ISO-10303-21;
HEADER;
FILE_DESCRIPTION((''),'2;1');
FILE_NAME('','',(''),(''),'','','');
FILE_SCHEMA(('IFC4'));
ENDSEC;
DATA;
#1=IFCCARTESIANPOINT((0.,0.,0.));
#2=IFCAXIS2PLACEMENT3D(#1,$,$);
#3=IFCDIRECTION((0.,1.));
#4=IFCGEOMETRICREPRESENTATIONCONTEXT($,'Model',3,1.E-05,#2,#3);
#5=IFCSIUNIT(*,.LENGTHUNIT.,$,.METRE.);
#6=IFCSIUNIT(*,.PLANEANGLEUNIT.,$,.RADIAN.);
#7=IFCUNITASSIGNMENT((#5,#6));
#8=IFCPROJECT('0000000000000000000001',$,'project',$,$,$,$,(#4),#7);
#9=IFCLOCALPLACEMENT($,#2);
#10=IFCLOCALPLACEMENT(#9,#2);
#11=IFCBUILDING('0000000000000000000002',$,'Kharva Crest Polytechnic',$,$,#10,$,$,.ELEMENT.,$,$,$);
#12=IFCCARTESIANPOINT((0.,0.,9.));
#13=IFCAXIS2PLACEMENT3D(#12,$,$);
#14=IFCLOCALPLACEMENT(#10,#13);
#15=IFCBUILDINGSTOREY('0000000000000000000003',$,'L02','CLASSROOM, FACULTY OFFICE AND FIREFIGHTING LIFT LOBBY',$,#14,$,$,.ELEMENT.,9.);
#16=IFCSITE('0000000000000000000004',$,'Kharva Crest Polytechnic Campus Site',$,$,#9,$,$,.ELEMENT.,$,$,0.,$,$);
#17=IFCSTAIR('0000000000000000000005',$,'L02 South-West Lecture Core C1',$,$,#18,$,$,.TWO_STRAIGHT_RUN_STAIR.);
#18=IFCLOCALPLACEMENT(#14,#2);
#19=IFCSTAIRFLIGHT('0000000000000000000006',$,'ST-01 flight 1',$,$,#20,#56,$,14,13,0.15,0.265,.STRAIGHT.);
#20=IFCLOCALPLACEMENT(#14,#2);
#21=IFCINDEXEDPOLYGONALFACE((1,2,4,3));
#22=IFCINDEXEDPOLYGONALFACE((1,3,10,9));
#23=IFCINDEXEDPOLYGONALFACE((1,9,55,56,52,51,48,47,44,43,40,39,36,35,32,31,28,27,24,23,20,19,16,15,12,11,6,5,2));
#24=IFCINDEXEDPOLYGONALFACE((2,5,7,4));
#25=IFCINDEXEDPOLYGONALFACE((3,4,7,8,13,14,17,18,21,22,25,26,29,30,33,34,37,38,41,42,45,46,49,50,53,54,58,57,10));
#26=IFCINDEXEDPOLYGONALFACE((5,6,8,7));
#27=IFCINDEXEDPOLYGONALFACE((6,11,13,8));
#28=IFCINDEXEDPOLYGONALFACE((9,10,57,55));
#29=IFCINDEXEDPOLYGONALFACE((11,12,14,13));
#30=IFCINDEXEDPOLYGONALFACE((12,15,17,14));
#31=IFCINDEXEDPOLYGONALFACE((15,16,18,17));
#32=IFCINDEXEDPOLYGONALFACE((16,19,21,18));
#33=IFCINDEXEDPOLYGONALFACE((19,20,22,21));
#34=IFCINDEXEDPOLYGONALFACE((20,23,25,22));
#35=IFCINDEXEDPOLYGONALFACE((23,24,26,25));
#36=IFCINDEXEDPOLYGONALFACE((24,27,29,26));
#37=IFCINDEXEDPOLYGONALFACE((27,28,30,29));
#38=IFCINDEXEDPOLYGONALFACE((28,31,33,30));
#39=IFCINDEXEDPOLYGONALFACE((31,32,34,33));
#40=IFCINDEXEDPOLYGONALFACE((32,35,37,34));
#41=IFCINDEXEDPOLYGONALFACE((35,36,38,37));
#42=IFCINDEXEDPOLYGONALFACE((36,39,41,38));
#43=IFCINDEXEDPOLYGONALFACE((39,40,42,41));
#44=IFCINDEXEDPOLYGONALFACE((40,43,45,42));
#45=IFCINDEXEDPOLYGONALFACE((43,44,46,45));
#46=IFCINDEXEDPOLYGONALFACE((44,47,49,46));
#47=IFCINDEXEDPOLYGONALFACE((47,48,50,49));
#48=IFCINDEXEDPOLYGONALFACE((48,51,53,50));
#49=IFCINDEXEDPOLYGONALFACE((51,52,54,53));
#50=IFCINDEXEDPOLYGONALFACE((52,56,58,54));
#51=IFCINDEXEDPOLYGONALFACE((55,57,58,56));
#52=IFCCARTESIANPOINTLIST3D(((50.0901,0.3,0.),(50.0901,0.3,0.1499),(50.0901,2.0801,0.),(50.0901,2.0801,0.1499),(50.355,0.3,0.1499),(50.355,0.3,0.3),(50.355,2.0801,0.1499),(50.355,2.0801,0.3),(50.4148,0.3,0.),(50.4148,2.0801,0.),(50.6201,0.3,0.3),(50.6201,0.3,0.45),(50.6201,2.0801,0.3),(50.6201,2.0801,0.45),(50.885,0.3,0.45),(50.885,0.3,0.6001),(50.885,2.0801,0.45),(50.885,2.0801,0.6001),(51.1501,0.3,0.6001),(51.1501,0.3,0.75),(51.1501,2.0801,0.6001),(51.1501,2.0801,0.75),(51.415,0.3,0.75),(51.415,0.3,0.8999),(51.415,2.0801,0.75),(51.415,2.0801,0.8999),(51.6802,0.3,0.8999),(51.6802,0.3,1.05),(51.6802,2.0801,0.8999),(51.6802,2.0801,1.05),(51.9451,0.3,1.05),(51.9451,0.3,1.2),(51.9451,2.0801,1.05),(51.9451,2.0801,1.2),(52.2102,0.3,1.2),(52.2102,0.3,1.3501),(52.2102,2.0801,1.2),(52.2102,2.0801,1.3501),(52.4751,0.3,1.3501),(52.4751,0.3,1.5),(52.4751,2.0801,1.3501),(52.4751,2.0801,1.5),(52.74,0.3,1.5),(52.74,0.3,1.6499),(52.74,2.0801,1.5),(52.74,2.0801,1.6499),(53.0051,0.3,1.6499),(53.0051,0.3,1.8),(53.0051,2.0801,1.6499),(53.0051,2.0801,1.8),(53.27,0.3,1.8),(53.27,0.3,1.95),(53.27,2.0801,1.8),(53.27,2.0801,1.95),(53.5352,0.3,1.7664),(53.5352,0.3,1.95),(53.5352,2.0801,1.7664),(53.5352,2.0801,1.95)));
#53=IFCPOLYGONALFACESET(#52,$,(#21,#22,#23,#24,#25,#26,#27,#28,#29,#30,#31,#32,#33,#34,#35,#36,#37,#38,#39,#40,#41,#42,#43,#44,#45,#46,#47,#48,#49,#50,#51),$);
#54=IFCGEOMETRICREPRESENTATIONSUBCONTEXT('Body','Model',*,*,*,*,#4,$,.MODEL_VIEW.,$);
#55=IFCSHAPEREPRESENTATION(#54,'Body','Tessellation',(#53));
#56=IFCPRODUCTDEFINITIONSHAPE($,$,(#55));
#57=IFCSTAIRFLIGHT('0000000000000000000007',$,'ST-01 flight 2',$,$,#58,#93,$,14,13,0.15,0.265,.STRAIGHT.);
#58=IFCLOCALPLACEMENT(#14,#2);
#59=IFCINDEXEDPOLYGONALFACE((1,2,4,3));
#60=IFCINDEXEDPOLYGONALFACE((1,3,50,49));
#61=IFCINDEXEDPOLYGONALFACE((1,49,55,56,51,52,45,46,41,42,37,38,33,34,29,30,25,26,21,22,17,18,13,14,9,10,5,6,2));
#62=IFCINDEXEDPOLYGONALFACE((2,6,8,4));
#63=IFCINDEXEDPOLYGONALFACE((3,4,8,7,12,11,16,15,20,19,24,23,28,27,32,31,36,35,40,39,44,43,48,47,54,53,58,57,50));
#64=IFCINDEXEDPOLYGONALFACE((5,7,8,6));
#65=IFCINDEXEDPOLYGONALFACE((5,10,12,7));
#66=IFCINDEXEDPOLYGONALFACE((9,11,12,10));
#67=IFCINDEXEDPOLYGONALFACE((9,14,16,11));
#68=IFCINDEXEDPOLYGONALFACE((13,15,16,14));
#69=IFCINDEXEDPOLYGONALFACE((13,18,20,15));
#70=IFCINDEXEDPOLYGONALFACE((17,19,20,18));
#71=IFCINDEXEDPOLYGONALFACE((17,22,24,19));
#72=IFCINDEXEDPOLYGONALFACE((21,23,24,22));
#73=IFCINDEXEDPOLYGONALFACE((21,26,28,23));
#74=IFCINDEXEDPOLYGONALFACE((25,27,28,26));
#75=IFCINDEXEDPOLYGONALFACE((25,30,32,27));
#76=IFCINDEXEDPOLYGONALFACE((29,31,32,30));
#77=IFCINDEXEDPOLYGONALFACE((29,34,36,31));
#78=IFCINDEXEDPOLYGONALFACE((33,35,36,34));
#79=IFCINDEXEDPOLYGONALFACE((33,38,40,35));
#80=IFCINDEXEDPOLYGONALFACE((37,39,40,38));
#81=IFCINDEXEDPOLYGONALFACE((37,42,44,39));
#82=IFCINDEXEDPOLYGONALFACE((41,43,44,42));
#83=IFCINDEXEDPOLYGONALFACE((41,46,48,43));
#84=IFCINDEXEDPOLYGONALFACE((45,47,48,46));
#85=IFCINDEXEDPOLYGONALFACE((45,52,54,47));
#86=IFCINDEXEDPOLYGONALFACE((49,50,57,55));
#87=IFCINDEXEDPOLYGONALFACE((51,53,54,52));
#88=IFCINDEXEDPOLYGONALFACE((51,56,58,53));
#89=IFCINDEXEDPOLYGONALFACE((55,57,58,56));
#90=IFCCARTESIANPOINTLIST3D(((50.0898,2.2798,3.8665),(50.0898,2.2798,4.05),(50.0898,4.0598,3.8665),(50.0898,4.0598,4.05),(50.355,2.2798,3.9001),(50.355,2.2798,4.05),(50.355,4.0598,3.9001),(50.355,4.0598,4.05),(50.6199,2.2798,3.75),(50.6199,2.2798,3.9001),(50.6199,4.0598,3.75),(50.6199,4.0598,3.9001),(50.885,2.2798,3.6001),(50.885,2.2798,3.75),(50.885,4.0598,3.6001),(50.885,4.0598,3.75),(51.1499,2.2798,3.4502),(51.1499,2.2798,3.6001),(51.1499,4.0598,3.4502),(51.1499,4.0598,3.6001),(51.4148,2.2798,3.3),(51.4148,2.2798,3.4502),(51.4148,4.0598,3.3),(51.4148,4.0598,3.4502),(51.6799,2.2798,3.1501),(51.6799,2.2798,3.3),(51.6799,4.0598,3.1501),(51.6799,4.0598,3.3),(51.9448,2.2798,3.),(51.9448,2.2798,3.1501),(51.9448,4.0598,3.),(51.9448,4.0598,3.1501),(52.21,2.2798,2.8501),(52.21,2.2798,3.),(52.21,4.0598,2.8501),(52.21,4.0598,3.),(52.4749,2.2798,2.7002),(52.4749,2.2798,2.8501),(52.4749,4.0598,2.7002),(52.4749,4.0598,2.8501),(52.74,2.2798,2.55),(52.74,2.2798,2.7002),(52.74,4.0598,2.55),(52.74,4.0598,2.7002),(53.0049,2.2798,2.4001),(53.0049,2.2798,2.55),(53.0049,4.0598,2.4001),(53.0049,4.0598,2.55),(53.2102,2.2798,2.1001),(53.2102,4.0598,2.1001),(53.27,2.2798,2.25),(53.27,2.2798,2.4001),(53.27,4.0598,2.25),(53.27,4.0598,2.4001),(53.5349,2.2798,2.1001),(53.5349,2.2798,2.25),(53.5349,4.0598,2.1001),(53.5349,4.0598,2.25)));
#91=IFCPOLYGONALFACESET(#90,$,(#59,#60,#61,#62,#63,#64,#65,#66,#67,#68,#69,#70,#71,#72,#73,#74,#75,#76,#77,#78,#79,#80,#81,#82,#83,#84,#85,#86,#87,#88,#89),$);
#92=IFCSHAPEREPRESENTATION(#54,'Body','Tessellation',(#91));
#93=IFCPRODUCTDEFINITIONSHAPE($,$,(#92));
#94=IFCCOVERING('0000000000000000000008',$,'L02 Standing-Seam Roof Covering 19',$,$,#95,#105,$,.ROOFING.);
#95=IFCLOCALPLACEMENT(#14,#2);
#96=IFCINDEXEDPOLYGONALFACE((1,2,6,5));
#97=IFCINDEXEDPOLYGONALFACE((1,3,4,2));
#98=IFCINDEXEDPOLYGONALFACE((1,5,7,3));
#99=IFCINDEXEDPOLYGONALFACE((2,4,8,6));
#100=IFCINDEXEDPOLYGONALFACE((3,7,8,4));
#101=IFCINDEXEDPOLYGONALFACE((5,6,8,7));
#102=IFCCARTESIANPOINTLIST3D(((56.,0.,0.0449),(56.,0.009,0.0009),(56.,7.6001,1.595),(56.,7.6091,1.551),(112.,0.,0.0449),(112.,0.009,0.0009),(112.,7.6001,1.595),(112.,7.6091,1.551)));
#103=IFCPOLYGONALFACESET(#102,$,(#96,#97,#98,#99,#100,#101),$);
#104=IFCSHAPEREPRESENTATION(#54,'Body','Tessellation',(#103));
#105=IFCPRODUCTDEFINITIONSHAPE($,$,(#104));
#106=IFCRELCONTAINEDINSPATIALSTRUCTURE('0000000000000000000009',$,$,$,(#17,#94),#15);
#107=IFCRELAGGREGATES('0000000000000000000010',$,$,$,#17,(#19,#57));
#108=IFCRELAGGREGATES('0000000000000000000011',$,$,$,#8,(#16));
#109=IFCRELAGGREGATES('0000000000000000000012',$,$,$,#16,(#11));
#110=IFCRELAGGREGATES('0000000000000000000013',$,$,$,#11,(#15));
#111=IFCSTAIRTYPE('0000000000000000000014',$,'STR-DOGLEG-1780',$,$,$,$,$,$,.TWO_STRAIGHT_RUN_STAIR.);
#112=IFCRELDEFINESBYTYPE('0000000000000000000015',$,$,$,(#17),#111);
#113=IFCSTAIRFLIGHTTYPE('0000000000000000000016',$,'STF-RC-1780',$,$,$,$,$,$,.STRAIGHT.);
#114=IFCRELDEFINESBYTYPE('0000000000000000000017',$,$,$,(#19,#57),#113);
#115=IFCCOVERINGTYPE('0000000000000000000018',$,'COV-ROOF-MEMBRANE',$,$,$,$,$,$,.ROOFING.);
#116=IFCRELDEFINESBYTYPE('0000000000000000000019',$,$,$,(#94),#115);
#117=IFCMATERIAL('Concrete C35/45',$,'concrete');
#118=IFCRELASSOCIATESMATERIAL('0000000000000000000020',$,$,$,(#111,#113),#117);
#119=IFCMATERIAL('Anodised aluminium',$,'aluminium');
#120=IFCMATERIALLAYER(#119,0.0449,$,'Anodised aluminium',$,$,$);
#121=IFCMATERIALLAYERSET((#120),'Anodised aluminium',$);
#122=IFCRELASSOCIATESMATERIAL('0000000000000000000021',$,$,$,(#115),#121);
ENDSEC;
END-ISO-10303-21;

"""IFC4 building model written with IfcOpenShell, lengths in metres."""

from ifc_helpers import new_model, si_unit, direction, frame, origin, place, context, subcontext, project, spatial, polyline, outline, extrude, material, layer, layer_set, type_object, element, aggregate, save


model = new_model("IFC4")

# Units and contexts
model_context = context("Model", 3, precision=1e-05, world=origin(), true_north=direction((0.0, 1.0)))
body_context = subcontext(model_context, "Body", "Model", "MODEL_VIEW")
ifc_project = project(units=[si_unit("LENGTHUNIT", "METRE"), si_unit("PLANEANGLEUNIT", "RADIAN")], contexts=[model_context])

# Site, building, storey
site_placement = place(None, origin())
site = spatial("IfcSite", under=ifc_project, at=site_placement, Name="Kharva Crest Polytechnic Campus Site", CompositionType="ELEMENT", RefElevation=0.0)
building_placement = place(site_placement, origin())
building = spatial("IfcBuilding", under=site, at=building_placement, Name="Kharva Crest Polytechnic", CompositionType="ELEMENT")
storey_placement = place(building_placement, frame((0.0, 0.0, 9.0)))
storey = spatial("IfcBuildingStorey", under=building, at=storey_placement, Name="L02", Description="CLASSROOM, FACULTY OFFICE AND FIREFIGHTING LIFT LOBBY", CompositionType="ELEMENT", Elevation=9.0)

# Shared definitions
ifc_material_1 = material(Name="Concrete C35/45", Category="concrete")

# Stair, stair flights
stair_type = type_object("IfcStairType", Name="STR-DOGLEG-1780", PredefinedType="TWO_STRAIGHT_RUN_STAIR", material=ifc_material_1)
stair_placement = place(storey_placement, origin())
stair = element("IfcStair", 1, at=stair_placement, inside=storey, type_object=stair_type, Name="L02 South-West Lecture Core C1", PredefinedType="TWO_STRAIGHT_RUN_STAIR")
stair_flight_type = type_object("IfcStairFlightType", Name="STF-RC-1780", PredefinedType="STRAIGHT", material=ifc_material_1)
stair_flight_1_placement = place(storey_placement, frame((50.0901, 1.1899, 0.0), z_axis=(0.0, 0.0, 1.0), x_axis=(1.0, 0.0, 0.0)))
stair_flight_1 = element("IfcStairFlight", 2, at=stair_flight_1_placement, type_object=stair_flight_type, Name="ST-01 flight 1", NumberOfRisers=14, NumberOfTreads=13, PredefinedType="STRAIGHT", RiserHeight=0.15, TreadLength=0.265, context=body_context, shape_type="SweptSolid", body=[
    extrude(outline(polyline([(0.0, 0.0), (0.0, 0.1499), (0.2649, 0.1499), (0.2649, 0.3), (0.53, 0.3), (0.53, 0.45), (0.7949, 0.45), (0.7949, 0.6001), (1.0601, 0.6001), (1.0601, 0.75), (1.325, 0.75), (1.325, 0.8999), (1.5901, 0.8999), (1.5901, 1.05), (1.855, 1.05), (1.855, 1.2), (2.1201, 1.2), (2.1201, 1.3501), (2.385, 1.3501), (2.385, 1.5), (2.6499, 1.5), (2.6499, 1.6499), (2.915, 1.6499), (2.915, 1.8), (3.1799, 1.8), (3.1799, 1.95), (3.4451, 1.95), (3.4451, 2.1001), (3.4451, 1.7664), (0.3247, 0.0), (0.0, 0.0)])), frame((0.0, 0.8901, 0.0), z_axis=(0.0, -1.0, 0.0), x_axis=(1.0, 0.0, 0.0)), (0.0, 0.0, 1.0), 1.78),
])
stair_flight_2_placement = place(storey_placement, frame((53.5349, 3.1699, 2.1001), z_axis=(0.0, 0.0, 1.0), x_axis=(-1.0, 0.0, 0.0)))
stair_flight_2 = element("IfcStairFlight", 3, at=stair_flight_2_placement, type_object=stair_flight_type, Name="ST-01 flight 2", NumberOfRisers=14, NumberOfTreads=13, PredefinedType="STRAIGHT", RiserHeight=0.15, TreadLength=0.265, context=body_context, shape_type="SweptSolid", body=[
    extrude(outline(polyline([(0.0, 0.0), (0.0, 0.1499), (0.2649, 0.1499), (0.2649, 0.3), (0.53, 0.3), (0.53, 0.45), (0.7949, 0.45), (0.7949, 0.6001), (1.0601, 0.6001), (1.0601, 0.75), (1.325, 0.75), (1.325, 0.8999), (1.5901, 0.8999), (1.5901, 1.05), (1.855, 1.05), (1.855, 1.2), (2.1201, 1.2), (2.1201, 1.3501), (2.385, 1.3501), (2.385, 1.5), (2.6499, 1.5), (2.6499, 1.6499), (2.915, 1.6499), (2.915, 1.8), (3.1799, 1.8), (3.1799, 1.95), (3.4451, 1.95), (3.4451, 2.1001), (3.4451, 1.7664), (0.3247, 0.0), (0.0, 0.0)])), frame((0.0, 0.8901, 0.0), z_axis=(0.0, -1.0, 0.0), x_axis=(1.0, 0.0, 0.0)), (0.0, 0.0, 1.0), 1.78),
])
aggregate(stair, [stair_flight_1, stair_flight_2])

# Covering
ifc_material_2 = material(Name="Anodised aluminium", Category="aluminium")
ifc_layer_1 = layer(ifc_material_2, 0.0449, Name="Anodised aluminium")
ifc_layer_set_1 = layer_set([ifc_layer_1], Name="Anodised aluminium")
covering_type = type_object("IfcCoveringType", Name="COV-ROOF-MEMBRANE", PredefinedType="ROOFING", material=ifc_layer_set_1)
covering_placement = place(storey_placement, frame((56.0, 0.0, 0.0449), z_axis=(0.0, -0.199837, 0.979829), x_axis=(1.0, 0.0, 0.0)))
element("IfcCovering", 4, at=covering_placement, inside=storey, type_object=covering_type, Name="L02 Standing-Seam Roof Covering 19", PredefinedType="ROOFING", context=body_context, shape_type="SweptSolid", body=[
    extrude(outline(polyline([(0.0, 0.0), (56.0, 0.0), (56.0, 7.7566), (0.0, 7.7566), (0.0, 0.0)])), origin(), (0.0, 0.0, -1.0), 0.0449),
])

save(model, "model.ifc")
